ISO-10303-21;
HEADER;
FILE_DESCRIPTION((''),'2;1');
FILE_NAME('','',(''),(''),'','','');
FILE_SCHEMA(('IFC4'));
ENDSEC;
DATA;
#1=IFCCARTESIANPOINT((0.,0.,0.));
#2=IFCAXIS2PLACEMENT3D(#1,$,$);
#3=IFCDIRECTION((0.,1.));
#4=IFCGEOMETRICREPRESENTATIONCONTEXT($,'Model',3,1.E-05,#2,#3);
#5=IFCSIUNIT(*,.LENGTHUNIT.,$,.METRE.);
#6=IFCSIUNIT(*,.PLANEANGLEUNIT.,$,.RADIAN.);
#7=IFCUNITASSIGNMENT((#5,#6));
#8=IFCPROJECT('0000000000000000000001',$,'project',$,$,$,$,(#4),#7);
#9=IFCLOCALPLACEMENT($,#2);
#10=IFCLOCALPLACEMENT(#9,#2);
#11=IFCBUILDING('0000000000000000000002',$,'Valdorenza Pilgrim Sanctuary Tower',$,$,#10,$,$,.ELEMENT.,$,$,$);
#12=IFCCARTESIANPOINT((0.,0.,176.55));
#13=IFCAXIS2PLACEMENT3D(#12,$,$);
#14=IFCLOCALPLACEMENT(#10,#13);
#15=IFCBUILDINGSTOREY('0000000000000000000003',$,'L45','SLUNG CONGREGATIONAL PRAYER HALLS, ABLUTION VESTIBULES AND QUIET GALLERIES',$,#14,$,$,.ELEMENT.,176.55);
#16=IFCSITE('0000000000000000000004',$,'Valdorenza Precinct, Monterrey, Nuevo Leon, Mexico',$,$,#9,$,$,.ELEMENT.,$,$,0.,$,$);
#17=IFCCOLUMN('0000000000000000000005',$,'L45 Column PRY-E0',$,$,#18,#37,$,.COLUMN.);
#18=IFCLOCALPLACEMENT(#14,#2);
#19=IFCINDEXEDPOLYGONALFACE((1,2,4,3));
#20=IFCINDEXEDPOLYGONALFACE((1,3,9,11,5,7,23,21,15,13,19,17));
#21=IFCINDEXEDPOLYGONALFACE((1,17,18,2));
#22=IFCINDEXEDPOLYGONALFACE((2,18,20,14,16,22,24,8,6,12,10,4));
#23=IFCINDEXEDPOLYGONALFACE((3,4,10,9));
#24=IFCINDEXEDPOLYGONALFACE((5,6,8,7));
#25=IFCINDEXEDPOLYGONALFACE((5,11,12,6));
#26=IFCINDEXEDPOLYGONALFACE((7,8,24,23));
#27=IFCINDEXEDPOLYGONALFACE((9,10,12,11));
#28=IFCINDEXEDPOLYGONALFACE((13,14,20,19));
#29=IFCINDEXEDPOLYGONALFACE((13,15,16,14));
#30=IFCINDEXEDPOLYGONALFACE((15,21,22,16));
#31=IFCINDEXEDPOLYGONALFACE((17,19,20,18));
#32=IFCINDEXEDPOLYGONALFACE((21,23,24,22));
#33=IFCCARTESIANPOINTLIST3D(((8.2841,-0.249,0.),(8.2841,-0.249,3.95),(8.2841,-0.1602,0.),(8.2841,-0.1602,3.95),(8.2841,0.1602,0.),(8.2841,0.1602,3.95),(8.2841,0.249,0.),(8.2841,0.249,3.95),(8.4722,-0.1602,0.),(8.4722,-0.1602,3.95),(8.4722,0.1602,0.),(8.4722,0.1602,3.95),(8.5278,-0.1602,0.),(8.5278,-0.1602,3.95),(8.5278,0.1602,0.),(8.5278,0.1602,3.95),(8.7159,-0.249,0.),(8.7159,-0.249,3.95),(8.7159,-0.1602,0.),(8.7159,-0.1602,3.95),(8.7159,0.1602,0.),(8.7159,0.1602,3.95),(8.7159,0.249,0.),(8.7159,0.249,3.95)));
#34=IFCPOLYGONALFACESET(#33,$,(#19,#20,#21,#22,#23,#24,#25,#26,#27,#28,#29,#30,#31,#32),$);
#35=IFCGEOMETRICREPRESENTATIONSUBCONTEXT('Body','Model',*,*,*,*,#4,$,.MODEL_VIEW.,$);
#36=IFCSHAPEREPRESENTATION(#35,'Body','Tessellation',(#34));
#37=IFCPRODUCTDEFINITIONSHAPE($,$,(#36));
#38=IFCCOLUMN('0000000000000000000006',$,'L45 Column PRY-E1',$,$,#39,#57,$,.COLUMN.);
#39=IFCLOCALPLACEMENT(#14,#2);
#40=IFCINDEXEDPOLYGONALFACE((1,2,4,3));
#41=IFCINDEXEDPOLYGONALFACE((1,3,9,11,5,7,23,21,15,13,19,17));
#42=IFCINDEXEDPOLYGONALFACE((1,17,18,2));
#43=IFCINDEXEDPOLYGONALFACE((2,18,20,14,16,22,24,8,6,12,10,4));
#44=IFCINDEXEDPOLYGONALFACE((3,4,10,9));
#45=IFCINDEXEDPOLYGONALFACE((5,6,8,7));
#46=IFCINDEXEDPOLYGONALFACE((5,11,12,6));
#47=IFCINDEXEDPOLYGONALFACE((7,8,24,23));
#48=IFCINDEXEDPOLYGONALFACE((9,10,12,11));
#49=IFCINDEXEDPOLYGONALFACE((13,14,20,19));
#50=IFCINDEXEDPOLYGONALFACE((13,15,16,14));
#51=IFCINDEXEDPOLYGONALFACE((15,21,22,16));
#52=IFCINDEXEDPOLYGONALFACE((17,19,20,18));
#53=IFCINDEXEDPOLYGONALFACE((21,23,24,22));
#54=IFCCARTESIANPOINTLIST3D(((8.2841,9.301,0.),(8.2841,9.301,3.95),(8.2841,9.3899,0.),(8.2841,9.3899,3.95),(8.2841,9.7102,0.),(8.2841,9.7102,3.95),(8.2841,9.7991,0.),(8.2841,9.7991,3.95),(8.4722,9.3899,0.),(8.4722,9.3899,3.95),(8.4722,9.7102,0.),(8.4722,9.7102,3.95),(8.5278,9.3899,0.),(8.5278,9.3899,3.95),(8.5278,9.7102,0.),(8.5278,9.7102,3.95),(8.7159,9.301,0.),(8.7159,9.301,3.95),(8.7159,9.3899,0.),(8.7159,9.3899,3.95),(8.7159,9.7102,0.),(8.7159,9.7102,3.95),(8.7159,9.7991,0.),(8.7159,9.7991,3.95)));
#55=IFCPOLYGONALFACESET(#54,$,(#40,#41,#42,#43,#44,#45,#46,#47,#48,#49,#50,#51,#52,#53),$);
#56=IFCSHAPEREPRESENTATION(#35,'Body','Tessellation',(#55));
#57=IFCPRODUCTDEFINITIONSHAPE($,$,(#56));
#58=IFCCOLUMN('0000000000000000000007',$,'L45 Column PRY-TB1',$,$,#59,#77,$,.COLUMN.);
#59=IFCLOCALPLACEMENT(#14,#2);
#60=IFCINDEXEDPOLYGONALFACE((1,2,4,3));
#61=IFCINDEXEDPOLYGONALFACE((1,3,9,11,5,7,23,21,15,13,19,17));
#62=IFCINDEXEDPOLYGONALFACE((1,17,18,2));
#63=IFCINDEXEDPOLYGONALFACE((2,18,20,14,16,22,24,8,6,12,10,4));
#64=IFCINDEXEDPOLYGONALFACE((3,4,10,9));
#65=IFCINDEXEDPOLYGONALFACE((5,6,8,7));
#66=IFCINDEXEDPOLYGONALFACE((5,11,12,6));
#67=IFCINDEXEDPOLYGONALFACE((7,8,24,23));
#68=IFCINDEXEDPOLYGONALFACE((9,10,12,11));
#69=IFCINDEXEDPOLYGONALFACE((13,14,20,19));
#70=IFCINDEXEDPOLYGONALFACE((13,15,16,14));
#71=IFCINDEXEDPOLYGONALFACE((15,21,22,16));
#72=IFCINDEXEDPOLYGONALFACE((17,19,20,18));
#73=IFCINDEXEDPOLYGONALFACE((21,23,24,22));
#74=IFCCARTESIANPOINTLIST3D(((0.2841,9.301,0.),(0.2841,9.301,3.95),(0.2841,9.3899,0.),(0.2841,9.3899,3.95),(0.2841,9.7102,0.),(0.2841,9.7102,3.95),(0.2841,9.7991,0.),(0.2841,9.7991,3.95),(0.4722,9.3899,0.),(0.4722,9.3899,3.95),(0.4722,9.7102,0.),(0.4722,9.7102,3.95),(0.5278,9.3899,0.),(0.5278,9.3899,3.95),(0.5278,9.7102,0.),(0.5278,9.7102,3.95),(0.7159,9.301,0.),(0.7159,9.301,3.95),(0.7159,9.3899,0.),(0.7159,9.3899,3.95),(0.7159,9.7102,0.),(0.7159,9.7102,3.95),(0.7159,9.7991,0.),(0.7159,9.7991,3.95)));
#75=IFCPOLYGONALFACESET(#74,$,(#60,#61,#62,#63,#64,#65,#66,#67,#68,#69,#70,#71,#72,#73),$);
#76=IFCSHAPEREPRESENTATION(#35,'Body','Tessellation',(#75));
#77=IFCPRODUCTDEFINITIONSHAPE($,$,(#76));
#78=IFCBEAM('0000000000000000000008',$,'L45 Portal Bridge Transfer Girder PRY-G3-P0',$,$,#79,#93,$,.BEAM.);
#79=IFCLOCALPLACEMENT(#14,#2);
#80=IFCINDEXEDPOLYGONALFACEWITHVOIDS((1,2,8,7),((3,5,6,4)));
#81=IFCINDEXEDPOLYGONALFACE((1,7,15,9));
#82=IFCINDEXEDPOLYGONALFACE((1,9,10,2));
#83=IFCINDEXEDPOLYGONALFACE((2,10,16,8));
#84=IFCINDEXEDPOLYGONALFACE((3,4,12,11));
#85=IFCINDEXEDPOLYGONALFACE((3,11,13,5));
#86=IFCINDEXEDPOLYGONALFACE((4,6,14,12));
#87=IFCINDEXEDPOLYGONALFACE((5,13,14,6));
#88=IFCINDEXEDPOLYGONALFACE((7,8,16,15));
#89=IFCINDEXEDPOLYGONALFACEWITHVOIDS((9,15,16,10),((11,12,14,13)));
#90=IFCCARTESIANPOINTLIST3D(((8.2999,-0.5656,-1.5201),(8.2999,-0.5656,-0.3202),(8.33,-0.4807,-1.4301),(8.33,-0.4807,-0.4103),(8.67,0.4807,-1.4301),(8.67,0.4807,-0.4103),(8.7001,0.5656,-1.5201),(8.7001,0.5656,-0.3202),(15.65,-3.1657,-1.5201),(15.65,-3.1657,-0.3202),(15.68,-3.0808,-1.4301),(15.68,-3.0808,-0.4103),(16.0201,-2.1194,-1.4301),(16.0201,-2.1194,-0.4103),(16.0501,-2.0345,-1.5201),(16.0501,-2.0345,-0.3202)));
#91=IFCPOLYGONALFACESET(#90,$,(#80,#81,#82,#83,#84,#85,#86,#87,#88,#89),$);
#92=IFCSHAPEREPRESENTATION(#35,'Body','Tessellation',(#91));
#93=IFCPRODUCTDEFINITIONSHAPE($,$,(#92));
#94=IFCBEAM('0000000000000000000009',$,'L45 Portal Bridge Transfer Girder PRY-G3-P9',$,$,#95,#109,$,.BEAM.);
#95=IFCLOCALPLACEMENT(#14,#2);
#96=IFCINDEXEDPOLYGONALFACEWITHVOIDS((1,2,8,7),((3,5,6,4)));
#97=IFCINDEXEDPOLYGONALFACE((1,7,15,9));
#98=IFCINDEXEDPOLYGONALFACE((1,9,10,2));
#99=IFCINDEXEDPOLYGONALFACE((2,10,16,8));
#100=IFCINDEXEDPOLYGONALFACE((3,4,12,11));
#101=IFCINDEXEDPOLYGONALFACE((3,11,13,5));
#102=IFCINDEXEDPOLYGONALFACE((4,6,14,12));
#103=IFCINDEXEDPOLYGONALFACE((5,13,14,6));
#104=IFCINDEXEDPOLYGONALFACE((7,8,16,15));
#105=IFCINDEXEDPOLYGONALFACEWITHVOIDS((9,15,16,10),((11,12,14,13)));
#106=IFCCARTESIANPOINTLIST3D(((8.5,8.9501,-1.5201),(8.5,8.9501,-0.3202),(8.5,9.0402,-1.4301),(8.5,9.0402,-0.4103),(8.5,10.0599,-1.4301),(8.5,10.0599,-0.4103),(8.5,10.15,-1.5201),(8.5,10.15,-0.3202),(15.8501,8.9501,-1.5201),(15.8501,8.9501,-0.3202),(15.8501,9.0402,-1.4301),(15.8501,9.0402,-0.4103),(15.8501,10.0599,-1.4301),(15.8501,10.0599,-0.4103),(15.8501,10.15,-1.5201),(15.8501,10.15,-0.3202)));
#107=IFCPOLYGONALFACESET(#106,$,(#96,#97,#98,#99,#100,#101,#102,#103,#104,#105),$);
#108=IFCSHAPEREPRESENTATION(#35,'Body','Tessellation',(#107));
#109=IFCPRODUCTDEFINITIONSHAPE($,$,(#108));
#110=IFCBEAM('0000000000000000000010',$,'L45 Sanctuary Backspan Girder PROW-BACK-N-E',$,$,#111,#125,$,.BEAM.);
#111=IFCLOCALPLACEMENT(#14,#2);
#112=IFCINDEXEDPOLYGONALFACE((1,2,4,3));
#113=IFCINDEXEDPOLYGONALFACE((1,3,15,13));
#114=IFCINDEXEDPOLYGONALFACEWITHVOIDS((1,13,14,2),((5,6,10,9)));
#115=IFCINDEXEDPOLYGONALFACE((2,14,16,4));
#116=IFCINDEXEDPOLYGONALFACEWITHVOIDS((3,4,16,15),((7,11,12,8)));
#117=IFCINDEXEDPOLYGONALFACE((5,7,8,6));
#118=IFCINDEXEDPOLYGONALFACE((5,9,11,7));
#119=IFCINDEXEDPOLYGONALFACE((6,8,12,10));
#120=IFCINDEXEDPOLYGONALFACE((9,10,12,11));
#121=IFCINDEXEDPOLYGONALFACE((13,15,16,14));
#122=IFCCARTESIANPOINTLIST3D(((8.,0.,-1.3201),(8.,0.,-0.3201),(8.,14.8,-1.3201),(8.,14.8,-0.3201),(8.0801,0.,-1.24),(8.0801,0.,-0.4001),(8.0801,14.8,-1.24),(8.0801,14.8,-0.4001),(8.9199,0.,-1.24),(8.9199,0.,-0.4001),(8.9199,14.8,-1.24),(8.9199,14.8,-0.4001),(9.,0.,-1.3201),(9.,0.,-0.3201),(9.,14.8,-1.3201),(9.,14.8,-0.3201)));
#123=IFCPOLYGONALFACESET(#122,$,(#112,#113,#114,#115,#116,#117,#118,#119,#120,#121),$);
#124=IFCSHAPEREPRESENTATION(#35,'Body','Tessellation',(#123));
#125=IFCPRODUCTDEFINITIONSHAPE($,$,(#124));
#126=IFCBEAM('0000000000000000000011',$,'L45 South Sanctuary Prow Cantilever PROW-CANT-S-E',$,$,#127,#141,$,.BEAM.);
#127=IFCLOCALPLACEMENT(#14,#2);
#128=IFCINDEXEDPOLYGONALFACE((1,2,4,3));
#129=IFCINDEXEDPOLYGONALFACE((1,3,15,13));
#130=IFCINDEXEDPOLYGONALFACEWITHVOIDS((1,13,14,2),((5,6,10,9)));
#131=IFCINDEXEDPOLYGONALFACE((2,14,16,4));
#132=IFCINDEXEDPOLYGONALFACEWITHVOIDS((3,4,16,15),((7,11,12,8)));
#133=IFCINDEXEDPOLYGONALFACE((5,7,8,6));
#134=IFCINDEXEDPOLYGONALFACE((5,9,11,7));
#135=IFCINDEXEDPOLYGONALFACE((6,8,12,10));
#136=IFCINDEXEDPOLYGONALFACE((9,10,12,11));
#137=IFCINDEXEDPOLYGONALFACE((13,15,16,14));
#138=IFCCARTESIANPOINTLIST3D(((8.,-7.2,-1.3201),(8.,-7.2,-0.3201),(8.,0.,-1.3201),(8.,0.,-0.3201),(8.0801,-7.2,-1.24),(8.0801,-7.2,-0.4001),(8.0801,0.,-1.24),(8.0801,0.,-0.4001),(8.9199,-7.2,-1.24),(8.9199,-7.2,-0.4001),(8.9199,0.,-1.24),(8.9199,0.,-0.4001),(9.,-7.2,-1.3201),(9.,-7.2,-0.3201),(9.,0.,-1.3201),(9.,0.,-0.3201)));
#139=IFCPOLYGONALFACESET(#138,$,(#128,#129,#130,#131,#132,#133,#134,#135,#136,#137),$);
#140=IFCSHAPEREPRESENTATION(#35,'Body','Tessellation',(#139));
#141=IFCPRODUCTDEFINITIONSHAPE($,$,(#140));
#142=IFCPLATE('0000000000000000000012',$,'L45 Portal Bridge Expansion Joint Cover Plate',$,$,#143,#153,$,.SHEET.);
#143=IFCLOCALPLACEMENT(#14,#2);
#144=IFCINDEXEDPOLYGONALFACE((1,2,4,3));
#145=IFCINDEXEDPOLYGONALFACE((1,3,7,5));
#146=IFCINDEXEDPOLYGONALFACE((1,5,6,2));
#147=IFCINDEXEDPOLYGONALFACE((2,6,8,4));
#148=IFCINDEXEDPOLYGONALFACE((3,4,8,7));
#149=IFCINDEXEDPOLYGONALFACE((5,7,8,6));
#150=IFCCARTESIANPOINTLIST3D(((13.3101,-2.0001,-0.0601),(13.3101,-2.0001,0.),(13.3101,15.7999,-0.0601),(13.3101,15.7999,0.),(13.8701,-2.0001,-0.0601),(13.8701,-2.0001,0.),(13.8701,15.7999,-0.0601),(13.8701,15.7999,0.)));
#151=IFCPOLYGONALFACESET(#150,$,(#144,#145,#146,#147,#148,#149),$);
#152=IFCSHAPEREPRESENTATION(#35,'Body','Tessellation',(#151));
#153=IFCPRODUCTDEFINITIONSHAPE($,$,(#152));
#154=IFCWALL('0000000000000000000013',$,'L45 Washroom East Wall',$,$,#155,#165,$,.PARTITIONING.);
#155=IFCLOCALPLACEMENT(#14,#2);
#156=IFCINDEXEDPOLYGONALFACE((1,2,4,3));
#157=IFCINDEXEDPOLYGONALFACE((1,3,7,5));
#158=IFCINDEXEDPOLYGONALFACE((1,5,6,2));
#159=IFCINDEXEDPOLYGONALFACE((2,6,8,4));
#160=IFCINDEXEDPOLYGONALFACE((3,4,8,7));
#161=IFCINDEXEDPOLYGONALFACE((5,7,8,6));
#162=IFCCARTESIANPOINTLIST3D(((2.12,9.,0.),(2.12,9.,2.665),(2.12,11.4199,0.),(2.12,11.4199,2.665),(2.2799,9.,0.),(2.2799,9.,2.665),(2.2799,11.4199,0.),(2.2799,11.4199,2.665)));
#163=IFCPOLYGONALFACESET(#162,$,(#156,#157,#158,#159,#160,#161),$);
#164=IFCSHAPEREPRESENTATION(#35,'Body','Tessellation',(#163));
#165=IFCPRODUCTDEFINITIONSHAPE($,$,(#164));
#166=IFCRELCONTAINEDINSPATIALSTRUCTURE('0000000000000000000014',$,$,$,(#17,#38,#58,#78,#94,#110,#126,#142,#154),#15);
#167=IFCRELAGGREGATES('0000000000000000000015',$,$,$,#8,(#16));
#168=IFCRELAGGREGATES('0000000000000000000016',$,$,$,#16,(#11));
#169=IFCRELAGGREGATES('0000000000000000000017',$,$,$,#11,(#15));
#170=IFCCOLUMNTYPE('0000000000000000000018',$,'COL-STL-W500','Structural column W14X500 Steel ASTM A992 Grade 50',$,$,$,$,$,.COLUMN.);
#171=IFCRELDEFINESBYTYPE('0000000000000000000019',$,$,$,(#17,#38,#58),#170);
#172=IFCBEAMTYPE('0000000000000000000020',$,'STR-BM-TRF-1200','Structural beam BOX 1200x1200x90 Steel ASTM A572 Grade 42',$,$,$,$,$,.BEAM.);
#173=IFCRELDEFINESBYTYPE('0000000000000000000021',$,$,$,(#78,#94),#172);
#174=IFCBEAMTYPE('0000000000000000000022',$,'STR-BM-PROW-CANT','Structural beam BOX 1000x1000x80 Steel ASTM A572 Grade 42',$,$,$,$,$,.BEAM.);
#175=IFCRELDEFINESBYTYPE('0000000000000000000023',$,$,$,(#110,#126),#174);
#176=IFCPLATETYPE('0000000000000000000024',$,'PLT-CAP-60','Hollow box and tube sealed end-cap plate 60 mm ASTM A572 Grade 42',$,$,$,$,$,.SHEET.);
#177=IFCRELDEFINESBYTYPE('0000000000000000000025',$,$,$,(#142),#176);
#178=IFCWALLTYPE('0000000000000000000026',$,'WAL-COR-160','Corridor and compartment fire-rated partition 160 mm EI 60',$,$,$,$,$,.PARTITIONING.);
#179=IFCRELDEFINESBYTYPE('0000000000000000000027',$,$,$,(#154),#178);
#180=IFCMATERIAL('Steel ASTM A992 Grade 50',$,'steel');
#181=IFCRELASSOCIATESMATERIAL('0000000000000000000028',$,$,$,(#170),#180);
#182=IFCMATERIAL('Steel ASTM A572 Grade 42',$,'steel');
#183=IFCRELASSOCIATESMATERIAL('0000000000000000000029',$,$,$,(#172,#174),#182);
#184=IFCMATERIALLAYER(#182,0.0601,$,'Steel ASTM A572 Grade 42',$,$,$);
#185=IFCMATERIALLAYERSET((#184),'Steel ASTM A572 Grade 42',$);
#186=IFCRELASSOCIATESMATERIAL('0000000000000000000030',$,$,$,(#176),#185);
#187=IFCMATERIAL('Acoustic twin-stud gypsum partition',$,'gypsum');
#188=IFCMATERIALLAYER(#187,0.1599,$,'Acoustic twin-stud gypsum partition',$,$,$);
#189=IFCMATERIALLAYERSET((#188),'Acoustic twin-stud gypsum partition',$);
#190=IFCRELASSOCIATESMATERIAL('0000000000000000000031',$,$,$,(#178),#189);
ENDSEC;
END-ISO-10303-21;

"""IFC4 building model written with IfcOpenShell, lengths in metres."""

from ifc_helpers import new_model, si_unit, direction, frame, frame_2d, origin, origin_2d, place, context, subcontext, project, spatial, rectangle, hollow_rectangle, i_section, extrude, source, transform, mapped, material, layer, layer_set, material_profile, profile_set, type_object, element, save


model = new_model("IFC4")

# Units and contexts
model_context = context("Model", 3, precision=1e-05, world=origin(), true_north=direction((0.0, 1.0)))
body_context = subcontext(model_context, "Body", "Model", "MODEL_VIEW")
ifc_project = project(units=[si_unit("LENGTHUNIT", "METRE"), si_unit("PLANEANGLEUNIT", "RADIAN")], contexts=[model_context])

# Site, building, storey
site_placement = place(None, origin())
site = spatial("IfcSite", under=ifc_project, at=site_placement, Name="Valdorenza Precinct, Monterrey, Nuevo Leon, Mexico", CompositionType="ELEMENT", RefElevation=0.0)
building_placement = place(site_placement, origin())
building = spatial("IfcBuilding", under=site, at=building_placement, Name="Valdorenza Pilgrim Sanctuary Tower", CompositionType="ELEMENT")
storey_placement = place(building_placement, frame((0.0, 0.0, 176.55)))
storey = spatial("IfcBuildingStorey", under=building, at=storey_placement, Name="L45", Description="SLUNG CONGREGATIONAL PRAYER HALLS, ABLUTION VESTIBULES AND QUIET GALLERIES", CompositionType="ELEMENT", Elevation=176.55)

# Columns
ifc_material_1 = material(Name="Steel ASTM A992 Grade 50", Category="steel")
ifc_material_profile_1 = material_profile(ifc_material_1, i_section(OverallWidth=0.4319, OverallDepth=0.498, WebThickness=0.0557, FlangeThickness=0.0889, at=origin_2d()), Name="W14X500")
ifc_profile_set_1 = profile_set([ifc_material_profile_1], Name="Steel ASTM A992 Grade 50")
column_type = type_object("IfcColumnType", Name="COL-STL-W500", Description="Structural column W14X500 Steel ASTM A992 Grade 50", PredefinedType="COLUMN", material=ifc_profile_set_1)
shared_shape_1 = source(origin(), body_context, "Body", "SweptSolid", [
    extrude(i_section(OverallWidth=0.4319, OverallDepth=0.498, WebThickness=0.0557, FlangeThickness=0.0889, at=origin_2d()), origin(), (0.0, 0.0, 1.0), 3.95),
])
for number, where, z_axis, x_axis, name in (
    (1, (8.5, 0.0, 0.0), (0.0, 0.0, 1.0), (1.0, 0.0, 0.0), "L45 Column PRY-E0"),
    (2, (8.5, 9.55, 0.0), (0.0, 0.0, 1.0), (1.0, 0.0, 0.0), "L45 Column PRY-E1"),
    (3, (0.5, 9.55, 0.0), (0.0, 0.0, 1.0), (1.0, 0.0, 0.0), "L45 Column PRY-TB1"),
):
    element("IfcColumn", number, at=place(storey_placement, frame(where, z_axis=z_axis, x_axis=x_axis)), inside=storey, type_object=column_type, Name=name, PredefinedType="COLUMN", context=body_context, shape_type="MappedRepresentation", body=[
        mapped(shared_shape_1, transform((0.0, 0.0, 0.0), x_axis=(1.0, 0.0, 0.0), y_axis=(0.0, 1.0, 0.0), z_axis=(0.0, 0.0, 1.0), scale=1.0)),
    ])

# Beams
ifc_material_2 = material(Name="Steel ASTM A572 Grade 42", Category="steel")
ifc_material_profile_2 = material_profile(ifc_material_2, hollow_rectangle(XDim=1.2, YDim=1.2, WallThickness=0.0901, at=origin_2d()), Name="BOX 1200x1200x90")
ifc_profile_set_2 = profile_set([ifc_material_profile_2], Name="Steel ASTM A572 Grade 42")
beam_type_1 = type_object("IfcBeamType", Name="STR-BM-TRF-1200", Description="Structural beam BOX 1200x1200x90 Steel ASTM A572 Grade 42", PredefinedType="BEAM", material=ifc_profile_set_2)
shared_shape_2 = source(origin(), body_context, "Body", "SweptSolid", [
    extrude(hollow_rectangle(XDim=1.2, YDim=1.2, WallThickness=0.0901, at=origin_2d()), origin(), (0.0, 0.0, 1.0), 7.7964),
])
beam_1_placement = place(storey_placement, frame((8.5, 0.0, -0.9202), z_axis=(0.942751, -0.333498, 0.0), x_axis=(0.333498, 0.942751, 0.0)))
element("IfcBeam", 4, at=beam_1_placement, inside=storey, type_object=beam_type_1, Name="L45 Portal Bridge Transfer Girder PRY-G3-P0", PredefinedType="BEAM", context=body_context, shape_type="MappedRepresentation", body=[
    mapped(shared_shape_2, transform((0.0, 0.0, 0.0), x_axis=(1.0, 0.0, 0.0), y_axis=(0.0, 1.0, 0.0), z_axis=(0.0, 0.0, 1.0), scale=1.0)),
])
shared_shape_3 = source(origin(), body_context, "Body", "SweptSolid", [
    extrude(hollow_rectangle(XDim=1.2, YDim=1.2, WallThickness=0.0901, at=origin_2d()), origin(), (0.0, 0.0, 1.0), 7.3501),
])
beam_2_placement = place(storey_placement, frame((8.5, 9.55, -0.9202), z_axis=(1.0, 0.0, 0.0), x_axis=(0.0, 1.0, 0.0)))
element("IfcBeam", 5, at=beam_2_placement, inside=storey, type_object=beam_type_1, Name="L45 Portal Bridge Transfer Girder PRY-G3-P9", PredefinedType="BEAM", context=body_context, shape_type="MappedRepresentation", body=[
    mapped(shared_shape_3, transform((0.0, 0.0, 0.0), x_axis=(1.0, 0.0, 0.0), y_axis=(0.0, 1.0, 0.0), z_axis=(0.0, 0.0, 1.0), scale=1.0)),
])
ifc_material_profile_3 = material_profile(ifc_material_2, hollow_rectangle(XDim=1.0, YDim=1.0, WallThickness=0.0801, at=origin_2d()), Name="BOX 1000x1000x80")
ifc_profile_set_3 = profile_set([ifc_material_profile_3], Name="Steel ASTM A572 Grade 42")
beam_type_2 = type_object("IfcBeamType", Name="STR-BM-PROW-CANT", Description="Structural beam BOX 1000x1000x80 Steel ASTM A572 Grade 42", PredefinedType="BEAM", material=ifc_profile_set_3)
shared_shape_4 = source(origin(), body_context, "Body", "SweptSolid", [
    extrude(hollow_rectangle(XDim=1.0, YDim=1.0, WallThickness=0.0801, at=origin_2d()), origin(), (0.0, 0.0, 1.0), 14.8),
])
beam_3_placement = place(storey_placement, frame((8.5, 0.0, -0.8201), z_axis=(0.0, 1.0, 0.0), x_axis=(-1.0, 0.0, 0.0)))
element("IfcBeam", 6, at=beam_3_placement, inside=storey, type_object=beam_type_2, Name="L45 Sanctuary Backspan Girder PROW-BACK-N-E", PredefinedType="BEAM", context=body_context, shape_type="MappedRepresentation", body=[
    mapped(shared_shape_4, transform((0.0, 0.0, 0.0), x_axis=(1.0, 0.0, 0.0), y_axis=(0.0, 1.0, 0.0), z_axis=(0.0, 0.0, 1.0), scale=1.0)),
])
shared_shape_5 = source(origin(), body_context, "Body", "SweptSolid", [
    extrude(hollow_rectangle(XDim=1.0, YDim=1.0, WallThickness=0.0801, at=origin_2d()), origin(), (0.0, 0.0, 1.0), 7.2),
])
beam_4_placement = place(storey_placement, frame((8.5, 0.0, -0.8201), z_axis=(0.0, -1.0, 0.0), x_axis=(1.0, 0.0, 0.0)))
element("IfcBeam", 7, at=beam_4_placement, inside=storey, type_object=beam_type_2, Name="L45 South Sanctuary Prow Cantilever PROW-CANT-S-E", PredefinedType="BEAM", context=body_context, shape_type="MappedRepresentation", body=[
    mapped(shared_shape_5, transform((0.0, 0.0, 0.0), x_axis=(1.0, 0.0, 0.0), y_axis=(0.0, 1.0, 0.0), z_axis=(0.0, 0.0, 1.0), scale=1.0)),
])

# Plate
ifc_layer_1 = layer(ifc_material_2, 0.0601, Name="Steel ASTM A572 Grade 42")
ifc_layer_set_1 = layer_set([ifc_layer_1], Name="Steel ASTM A572 Grade 42")
plate_type = type_object("IfcPlateType", Name="PLT-CAP-60", Description="Hollow box and tube sealed end-cap plate 60 mm ASTM A572 Grade 42", PredefinedType="SHEET", material=ifc_layer_set_1)
shared_shape_6 = source(origin(), body_context, "Body", "SweptSolid", [
    extrude(rectangle(XDim=0.5601, YDim=17.8, at=origin_2d()), origin(), (0.0, 0.0, 1.0), 0.0601),
])
plate_placement = place(storey_placement, frame((13.5901, 6.8999, -0.0601), z_axis=(0.0, 0.0, 1.0), x_axis=(1.0, 0.0, 0.0)))
element("IfcPlate", 8, at=plate_placement, inside=storey, type_object=plate_type, Name="L45 Portal Bridge Expansion Joint Cover Plate", PredefinedType="SHEET", context=body_context, shape_type="MappedRepresentation", body=[
    mapped(shared_shape_6, transform((0.0, 0.0, 0.0), x_axis=(1.0, 0.0, 0.0), y_axis=(0.0, 1.0, 0.0), z_axis=(0.0, 0.0, 1.0), scale=1.0)),
])

# Shared definitions
ifc_material_3 = material(Name="Acoustic twin-stud gypsum partition", Category="gypsum")
ifc_layer_2 = layer(ifc_material_3, 0.1599, Name="Acoustic twin-stud gypsum partition")
ifc_layer_set_2 = layer_set([ifc_layer_2], Name="Acoustic twin-stud gypsum partition")
wall_type_1 = type_object("IfcWallType", Name="WAL-COR-160", Description="Corridor and compartment fire-rated partition 160 mm EI 60", PredefinedType="PARTITIONING", material=ifc_layer_set_2)

# Wall
wall_1_placement = place(storey_placement, frame((2.2, 9.0, 0.0), z_axis=(0.0, 0.0, 1.0), x_axis=(0.0, 1.0, 0.0)))
element("IfcWall", 9, at=wall_1_placement, inside=storey, type_object=wall_type_1, Name="L45 Washroom East Wall", PredefinedType="PARTITIONING", context=body_context, shape_type="SweptSolid", body=[
    extrude(rectangle(XDim=2.4199, YDim=0.1599, at=frame_2d((1.21, 0.0))), origin(), (0.0, 0.0, 1.0), 2.665),
])

save(model, "model.ifc")
